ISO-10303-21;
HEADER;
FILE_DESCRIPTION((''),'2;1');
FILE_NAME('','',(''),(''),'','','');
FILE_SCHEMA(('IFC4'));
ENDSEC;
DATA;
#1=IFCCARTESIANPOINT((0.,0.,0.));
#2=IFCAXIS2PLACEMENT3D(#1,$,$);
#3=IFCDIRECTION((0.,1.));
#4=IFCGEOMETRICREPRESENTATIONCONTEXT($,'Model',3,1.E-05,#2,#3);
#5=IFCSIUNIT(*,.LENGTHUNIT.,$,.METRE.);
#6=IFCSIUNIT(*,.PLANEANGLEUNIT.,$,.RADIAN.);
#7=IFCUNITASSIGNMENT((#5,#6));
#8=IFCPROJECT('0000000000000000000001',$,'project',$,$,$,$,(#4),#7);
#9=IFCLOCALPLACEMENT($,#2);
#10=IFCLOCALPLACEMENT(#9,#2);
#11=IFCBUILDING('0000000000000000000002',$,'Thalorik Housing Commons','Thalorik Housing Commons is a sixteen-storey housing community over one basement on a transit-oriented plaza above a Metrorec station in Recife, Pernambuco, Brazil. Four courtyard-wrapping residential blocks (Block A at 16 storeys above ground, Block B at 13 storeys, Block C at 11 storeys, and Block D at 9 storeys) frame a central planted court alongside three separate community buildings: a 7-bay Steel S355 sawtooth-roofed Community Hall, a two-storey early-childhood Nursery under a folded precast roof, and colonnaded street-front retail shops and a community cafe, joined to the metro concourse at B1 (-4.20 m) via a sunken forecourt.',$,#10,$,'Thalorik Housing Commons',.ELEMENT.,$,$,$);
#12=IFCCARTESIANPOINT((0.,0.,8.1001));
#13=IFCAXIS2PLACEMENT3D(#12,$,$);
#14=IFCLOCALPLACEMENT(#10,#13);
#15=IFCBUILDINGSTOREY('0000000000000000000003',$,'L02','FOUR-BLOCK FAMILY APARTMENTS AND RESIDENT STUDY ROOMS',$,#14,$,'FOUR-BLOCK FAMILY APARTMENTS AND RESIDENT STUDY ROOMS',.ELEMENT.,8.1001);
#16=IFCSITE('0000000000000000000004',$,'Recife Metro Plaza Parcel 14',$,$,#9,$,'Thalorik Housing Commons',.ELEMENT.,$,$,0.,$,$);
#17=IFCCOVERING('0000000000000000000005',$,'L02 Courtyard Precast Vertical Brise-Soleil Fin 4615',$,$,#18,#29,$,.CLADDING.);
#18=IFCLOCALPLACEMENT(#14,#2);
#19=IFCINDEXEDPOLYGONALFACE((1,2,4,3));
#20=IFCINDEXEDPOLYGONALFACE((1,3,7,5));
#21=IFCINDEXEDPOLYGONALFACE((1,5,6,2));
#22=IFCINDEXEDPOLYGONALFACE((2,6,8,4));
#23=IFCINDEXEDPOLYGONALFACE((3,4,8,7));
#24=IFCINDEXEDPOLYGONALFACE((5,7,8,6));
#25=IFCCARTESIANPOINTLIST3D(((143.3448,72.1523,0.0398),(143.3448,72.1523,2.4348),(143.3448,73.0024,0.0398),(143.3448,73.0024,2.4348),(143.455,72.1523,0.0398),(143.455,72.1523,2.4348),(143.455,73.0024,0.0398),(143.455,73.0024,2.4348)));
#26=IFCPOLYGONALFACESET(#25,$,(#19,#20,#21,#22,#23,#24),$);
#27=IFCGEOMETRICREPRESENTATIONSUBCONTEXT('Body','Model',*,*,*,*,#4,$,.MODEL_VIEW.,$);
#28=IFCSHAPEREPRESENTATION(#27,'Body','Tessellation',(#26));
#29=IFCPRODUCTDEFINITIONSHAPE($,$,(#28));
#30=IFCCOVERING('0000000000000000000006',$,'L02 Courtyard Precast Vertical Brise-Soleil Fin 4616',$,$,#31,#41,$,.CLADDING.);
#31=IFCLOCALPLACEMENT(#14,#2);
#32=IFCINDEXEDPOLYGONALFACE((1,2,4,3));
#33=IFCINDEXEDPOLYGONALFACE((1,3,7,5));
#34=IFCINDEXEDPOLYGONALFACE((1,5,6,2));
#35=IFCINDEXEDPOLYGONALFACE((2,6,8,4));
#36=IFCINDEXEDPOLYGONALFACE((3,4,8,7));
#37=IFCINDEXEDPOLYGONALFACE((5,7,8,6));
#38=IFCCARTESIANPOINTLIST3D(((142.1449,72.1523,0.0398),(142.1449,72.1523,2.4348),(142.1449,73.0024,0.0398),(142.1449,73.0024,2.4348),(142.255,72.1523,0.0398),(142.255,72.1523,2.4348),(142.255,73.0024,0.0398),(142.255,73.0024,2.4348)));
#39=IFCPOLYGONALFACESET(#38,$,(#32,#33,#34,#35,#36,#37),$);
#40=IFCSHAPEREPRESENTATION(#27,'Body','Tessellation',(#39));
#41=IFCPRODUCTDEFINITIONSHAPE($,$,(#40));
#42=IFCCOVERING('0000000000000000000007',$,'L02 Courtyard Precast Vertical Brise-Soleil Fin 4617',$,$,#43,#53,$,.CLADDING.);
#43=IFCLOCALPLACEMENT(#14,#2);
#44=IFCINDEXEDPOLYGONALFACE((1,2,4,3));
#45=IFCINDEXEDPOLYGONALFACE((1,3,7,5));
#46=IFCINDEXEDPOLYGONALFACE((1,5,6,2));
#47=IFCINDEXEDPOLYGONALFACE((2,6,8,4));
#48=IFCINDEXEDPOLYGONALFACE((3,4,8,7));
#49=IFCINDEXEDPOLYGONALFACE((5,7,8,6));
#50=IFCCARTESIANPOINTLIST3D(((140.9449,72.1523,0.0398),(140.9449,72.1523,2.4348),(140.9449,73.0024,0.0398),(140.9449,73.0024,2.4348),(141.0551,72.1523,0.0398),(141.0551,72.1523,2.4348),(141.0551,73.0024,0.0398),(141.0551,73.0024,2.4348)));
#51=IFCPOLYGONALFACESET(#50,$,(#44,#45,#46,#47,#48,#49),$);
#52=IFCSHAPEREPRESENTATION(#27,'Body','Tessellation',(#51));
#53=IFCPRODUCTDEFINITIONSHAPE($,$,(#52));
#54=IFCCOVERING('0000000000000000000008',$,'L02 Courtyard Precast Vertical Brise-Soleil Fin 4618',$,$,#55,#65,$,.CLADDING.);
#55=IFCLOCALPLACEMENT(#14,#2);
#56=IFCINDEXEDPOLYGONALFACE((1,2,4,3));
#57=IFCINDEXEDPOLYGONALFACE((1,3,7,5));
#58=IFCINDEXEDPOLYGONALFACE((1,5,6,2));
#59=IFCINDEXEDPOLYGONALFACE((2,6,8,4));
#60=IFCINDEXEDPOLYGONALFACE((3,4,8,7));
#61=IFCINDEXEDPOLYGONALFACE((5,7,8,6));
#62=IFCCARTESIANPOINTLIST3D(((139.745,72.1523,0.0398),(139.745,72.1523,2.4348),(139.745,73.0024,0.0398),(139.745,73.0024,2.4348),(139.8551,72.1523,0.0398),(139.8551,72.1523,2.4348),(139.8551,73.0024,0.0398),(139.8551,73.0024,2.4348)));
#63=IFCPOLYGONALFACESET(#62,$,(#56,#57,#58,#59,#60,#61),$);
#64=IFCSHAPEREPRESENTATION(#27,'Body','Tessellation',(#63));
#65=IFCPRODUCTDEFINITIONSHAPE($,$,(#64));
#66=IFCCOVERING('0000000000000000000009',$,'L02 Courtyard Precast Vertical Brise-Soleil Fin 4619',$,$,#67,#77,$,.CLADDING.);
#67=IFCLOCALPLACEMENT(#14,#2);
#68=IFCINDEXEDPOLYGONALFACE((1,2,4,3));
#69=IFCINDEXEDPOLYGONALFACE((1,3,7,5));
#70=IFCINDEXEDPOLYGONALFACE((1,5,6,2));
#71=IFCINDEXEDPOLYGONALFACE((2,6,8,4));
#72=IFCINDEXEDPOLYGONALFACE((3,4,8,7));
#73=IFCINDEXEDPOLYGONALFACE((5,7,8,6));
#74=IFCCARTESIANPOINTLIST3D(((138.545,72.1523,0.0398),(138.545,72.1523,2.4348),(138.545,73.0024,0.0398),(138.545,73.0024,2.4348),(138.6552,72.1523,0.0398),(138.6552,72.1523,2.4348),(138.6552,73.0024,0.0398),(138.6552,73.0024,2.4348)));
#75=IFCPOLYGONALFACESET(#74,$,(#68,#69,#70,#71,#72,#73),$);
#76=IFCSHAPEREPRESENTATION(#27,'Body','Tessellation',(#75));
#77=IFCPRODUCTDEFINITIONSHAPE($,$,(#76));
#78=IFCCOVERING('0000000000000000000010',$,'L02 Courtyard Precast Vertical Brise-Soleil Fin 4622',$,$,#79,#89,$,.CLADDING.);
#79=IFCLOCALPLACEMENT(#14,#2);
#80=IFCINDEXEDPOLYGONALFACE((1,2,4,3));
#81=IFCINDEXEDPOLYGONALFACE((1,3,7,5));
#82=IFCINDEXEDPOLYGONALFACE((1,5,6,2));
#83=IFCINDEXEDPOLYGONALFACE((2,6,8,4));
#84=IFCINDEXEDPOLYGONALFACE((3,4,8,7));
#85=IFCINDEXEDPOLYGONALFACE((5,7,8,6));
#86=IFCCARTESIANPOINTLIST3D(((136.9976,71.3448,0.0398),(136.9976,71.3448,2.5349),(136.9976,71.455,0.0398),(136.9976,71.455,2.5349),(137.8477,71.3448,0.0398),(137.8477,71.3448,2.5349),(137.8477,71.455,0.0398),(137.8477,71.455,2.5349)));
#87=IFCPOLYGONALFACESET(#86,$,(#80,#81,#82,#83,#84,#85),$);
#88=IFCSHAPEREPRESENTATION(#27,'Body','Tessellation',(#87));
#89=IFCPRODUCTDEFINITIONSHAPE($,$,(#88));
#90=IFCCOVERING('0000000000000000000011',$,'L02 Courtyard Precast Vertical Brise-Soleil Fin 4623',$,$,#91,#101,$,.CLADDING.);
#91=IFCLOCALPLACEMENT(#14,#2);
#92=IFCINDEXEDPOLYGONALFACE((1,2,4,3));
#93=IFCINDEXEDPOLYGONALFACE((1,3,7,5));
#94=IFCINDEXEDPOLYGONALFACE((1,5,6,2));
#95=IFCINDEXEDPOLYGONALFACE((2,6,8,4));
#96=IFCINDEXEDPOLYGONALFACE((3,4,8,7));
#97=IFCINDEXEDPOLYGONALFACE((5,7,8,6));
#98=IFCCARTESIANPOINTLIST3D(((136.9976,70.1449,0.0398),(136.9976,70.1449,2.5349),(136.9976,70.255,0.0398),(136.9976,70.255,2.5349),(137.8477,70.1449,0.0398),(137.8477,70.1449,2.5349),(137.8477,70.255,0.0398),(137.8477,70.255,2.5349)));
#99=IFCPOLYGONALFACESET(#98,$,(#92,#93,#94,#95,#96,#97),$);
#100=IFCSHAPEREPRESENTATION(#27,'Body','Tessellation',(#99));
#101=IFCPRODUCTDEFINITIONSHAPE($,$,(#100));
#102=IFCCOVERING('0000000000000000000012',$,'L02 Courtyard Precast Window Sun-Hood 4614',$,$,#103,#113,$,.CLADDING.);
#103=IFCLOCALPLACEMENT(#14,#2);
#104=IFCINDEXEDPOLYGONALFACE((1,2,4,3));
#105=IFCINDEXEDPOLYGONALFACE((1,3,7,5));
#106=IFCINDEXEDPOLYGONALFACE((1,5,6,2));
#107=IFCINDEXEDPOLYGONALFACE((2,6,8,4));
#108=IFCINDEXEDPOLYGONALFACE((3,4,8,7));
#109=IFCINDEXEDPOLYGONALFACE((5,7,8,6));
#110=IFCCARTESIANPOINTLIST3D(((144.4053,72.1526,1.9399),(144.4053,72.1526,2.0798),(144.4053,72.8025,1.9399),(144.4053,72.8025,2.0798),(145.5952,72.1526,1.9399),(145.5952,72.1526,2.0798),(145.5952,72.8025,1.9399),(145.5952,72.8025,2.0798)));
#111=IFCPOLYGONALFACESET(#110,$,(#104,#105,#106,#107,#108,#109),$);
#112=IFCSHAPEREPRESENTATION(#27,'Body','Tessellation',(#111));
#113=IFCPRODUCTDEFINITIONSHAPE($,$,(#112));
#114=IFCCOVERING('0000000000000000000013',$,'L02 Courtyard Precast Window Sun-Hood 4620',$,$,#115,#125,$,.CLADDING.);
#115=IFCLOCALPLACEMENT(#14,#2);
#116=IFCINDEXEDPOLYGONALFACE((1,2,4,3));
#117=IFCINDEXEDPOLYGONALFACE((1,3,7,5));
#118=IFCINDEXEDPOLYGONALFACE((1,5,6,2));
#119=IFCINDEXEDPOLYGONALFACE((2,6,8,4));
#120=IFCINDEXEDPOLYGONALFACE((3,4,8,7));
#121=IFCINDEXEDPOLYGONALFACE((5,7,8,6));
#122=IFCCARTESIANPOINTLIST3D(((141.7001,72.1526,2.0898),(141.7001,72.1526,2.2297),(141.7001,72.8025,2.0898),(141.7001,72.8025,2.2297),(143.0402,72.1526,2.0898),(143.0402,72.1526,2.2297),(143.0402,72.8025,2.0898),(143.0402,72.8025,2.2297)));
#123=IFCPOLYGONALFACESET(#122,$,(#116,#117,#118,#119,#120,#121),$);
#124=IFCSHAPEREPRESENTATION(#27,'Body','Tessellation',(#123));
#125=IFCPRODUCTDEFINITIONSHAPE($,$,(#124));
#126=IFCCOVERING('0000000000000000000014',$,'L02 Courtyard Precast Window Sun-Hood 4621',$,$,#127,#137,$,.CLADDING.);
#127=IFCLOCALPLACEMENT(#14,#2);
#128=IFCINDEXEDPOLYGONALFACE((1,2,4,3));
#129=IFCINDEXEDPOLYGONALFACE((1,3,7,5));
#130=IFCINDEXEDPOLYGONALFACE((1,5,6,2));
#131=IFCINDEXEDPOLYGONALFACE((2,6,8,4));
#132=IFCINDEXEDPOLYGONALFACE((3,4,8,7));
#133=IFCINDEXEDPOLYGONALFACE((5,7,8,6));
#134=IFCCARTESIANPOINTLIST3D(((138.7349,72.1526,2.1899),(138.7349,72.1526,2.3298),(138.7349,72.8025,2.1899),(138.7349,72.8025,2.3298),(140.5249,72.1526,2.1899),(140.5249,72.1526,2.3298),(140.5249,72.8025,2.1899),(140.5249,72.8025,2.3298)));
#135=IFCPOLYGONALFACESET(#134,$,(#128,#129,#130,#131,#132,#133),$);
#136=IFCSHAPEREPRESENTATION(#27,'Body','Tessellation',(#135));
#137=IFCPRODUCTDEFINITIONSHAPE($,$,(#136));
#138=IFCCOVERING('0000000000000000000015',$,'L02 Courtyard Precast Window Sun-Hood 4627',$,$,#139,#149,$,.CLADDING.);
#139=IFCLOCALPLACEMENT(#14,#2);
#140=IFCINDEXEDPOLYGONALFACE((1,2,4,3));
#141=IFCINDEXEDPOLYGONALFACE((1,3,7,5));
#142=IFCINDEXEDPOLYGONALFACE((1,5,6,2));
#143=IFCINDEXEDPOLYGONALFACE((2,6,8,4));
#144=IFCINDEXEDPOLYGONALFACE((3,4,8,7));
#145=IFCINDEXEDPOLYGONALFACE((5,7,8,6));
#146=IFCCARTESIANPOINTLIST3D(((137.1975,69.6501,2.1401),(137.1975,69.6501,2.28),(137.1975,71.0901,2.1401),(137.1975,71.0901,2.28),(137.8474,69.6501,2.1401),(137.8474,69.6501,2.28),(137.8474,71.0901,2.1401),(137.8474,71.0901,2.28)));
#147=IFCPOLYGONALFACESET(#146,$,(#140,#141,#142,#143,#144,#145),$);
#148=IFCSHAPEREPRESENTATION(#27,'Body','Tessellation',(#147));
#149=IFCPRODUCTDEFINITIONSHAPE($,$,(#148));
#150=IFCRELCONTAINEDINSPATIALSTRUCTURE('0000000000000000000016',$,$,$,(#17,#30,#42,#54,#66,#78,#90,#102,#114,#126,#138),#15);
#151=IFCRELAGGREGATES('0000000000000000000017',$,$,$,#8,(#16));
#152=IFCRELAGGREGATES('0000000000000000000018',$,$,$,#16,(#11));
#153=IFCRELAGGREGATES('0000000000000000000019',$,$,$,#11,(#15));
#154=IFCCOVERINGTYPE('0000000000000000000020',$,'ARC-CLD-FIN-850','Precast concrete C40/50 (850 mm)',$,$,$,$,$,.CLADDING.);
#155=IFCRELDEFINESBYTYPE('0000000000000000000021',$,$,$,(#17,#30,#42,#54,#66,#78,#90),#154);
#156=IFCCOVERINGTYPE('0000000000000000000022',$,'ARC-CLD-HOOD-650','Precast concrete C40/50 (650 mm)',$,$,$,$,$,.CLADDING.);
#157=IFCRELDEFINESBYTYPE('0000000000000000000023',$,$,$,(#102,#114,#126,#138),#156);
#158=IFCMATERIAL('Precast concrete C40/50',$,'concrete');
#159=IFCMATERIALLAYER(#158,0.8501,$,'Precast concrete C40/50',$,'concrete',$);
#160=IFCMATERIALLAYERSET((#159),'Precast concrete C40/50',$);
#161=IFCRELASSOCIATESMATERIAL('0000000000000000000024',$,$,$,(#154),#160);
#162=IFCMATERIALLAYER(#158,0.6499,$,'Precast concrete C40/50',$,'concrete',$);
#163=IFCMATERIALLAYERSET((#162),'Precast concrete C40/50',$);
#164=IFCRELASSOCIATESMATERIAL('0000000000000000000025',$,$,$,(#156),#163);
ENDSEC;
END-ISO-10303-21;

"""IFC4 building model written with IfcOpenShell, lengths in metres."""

from ifc_helpers import new_model, si_unit, direction, frame, origin, origin_2d, place, context, subcontext, project, spatial, rectangle, extrude, material, layer, layer_set, type_object, element, save


model = new_model("IFC4")

# Units and contexts
model_context = context("Model", 3, precision=1e-05, world=origin(), true_north=direction((0.0, 1.0)))
body_context = subcontext(model_context, "Body", "Model", "MODEL_VIEW")
ifc_project = project(units=[si_unit("LENGTHUNIT", "METRE"), si_unit("PLANEANGLEUNIT", "RADIAN")], contexts=[model_context])

# Site, building, storey
site_placement = place(None, origin())
site = spatial("IfcSite", under=ifc_project, at=site_placement, Name="Recife Metro Plaza Parcel 14", LongName="Thalorik Housing Commons", CompositionType="ELEMENT", RefElevation=0.0)
building_placement = place(site_placement, origin())
building = spatial("IfcBuilding", under=site, at=building_placement, Name="Thalorik Housing Commons", Description="Thalorik Housing Commons is a sixteen-storey housing community over one basement on a transit-oriented plaza above a Metrorec station in Recife, Pernambuco, Brazil. Four courtyard-wrapping residential blocks (Block A at 16 storeys above ground, Block B at 13 storeys, Block C at 11 storeys, and Block D at 9 storeys) frame a central planted court alongside three separate community buildings: a 7-bay Steel S355 sawtooth-roofed Community Hall, a two-storey early-childhood Nursery under a folded precast roof, and colonnaded street-front retail shops and a community cafe, joined to the metro concourse at B1 (-4.20 m) via a sunken forecourt.", LongName="Thalorik Housing Commons", CompositionType="ELEMENT")
storey_placement = place(building_placement, frame((0.0, 0.0, 8.1001)))
storey = spatial("IfcBuildingStorey", under=building, at=storey_placement, Name="L02", Description="FOUR-BLOCK FAMILY APARTMENTS AND RESIDENT STUDY ROOMS", LongName="FOUR-BLOCK FAMILY APARTMENTS AND RESIDENT STUDY ROOMS", CompositionType="ELEMENT", Elevation=8.1001)

# Shared definitions
ifc_material_1 = material(Name="Precast concrete C40/50", Category="concrete")

# Coverings
ifc_layer_1 = layer(ifc_material_1, 0.8501, Name="Precast concrete C40/50", Category="concrete")
ifc_layer_set_1 = layer_set([ifc_layer_1], Name="Precast concrete C40/50")
covering_type_1 = type_object("IfcCoveringType", Name="ARC-CLD-FIN-850", Description="Precast concrete C40/50 (850 mm)", PredefinedType="CLADDING", material=ifc_layer_set_1)
for number, where, z_axis, x_axis, name in (
    (1, (143.3999, 72.5774, 0.0398), (0.0, 0.0, 1.0), (-1.0, 0.0, 0.0), "L02 Courtyard Precast Vertical Brise-Soleil Fin 4615"),
    (2, (142.2, 72.5774, 0.0398), (0.0, 0.0, 1.0), (-1.0, 0.0, 0.0), "L02 Courtyard Precast Vertical Brise-Soleil Fin 4616"),
    (3, (141.0, 72.5774, 0.0398), (0.0, 0.0, 1.0), (-1.0, 0.0, 0.0), "L02 Courtyard Precast Vertical Brise-Soleil Fin 4617"),
    (4, (139.8, 72.5774, 0.0398), (0.0, 0.0, 1.0), (-1.0, 0.0, 0.0), "L02 Courtyard Precast Vertical Brise-Soleil Fin 4618"),
    (5, (138.6001, 72.5774, 0.0398), (0.0, 0.0, 1.0), (-1.0, 0.0, 0.0), "L02 Courtyard Precast Vertical Brise-Soleil Fin 4619"),
):
    element("IfcCovering", number, at=place(storey_placement, frame(where, z_axis=z_axis, x_axis=x_axis)), inside=storey, type_object=covering_type_1, Name=name, PredefinedType="CLADDING", context=body_context, shape_type="SweptSolid", body=[
        extrude(rectangle(XDim=0.1101, YDim=0.8501, at=origin_2d()), origin(), (0.0, 0.0, 1.0), 2.395),
    ])
for number, where, z_axis, x_axis, name in (
    (6, (137.4226, 71.3999, 0.0398), (0.0, 0.0, 1.0), (0.0, -1.0, 0.0), "L02 Courtyard Precast Vertical Brise-Soleil Fin 4622"),
    (7, (137.4226, 70.2, 0.0398), (0.0, 0.0, 1.0), (0.0, -1.0, 0.0), "L02 Courtyard Precast Vertical Brise-Soleil Fin 4623"),
):
    element("IfcCovering", number, at=place(storey_placement, frame(where, z_axis=z_axis, x_axis=x_axis)), inside=storey, type_object=covering_type_1, Name=name, PredefinedType="CLADDING", context=body_context, shape_type="SweptSolid", body=[
        extrude(rectangle(XDim=0.1101, YDim=0.8501, at=origin_2d()), origin(), (0.0, 0.0, 1.0), 2.4951),
    ])
ifc_layer_2 = layer(ifc_material_1, 0.6499, Name="Precast concrete C40/50", Category="concrete")
ifc_layer_set_2 = layer_set([ifc_layer_2], Name="Precast concrete C40/50")
covering_type_2 = type_object("IfcCoveringType", Name="ARC-CLD-HOOD-650", Description="Precast concrete C40/50 (650 mm)", PredefinedType="CLADDING", material=ifc_layer_set_2)
covering_1_placement = place(storey_placement, frame((145.0002, 72.4775, 1.9399), z_axis=(0.0, 0.0, 1.0), x_axis=(-1.0, 0.0, 0.0)))
element("IfcCovering", 8, at=covering_1_placement, inside=storey, type_object=covering_type_2, Name="L02 Courtyard Precast Window Sun-Hood 4614", PredefinedType="CLADDING", context=body_context, shape_type="SweptSolid", body=[
    extrude(rectangle(XDim=1.1899, YDim=0.6499, at=origin_2d()), origin(), (0.0, 0.0, 1.0), 0.1399),
])
covering_2_placement = place(storey_placement, frame((142.3701, 72.4775, 2.0898), z_axis=(0.0, 0.0, 1.0), x_axis=(-1.0, 0.0, 0.0)))
element("IfcCovering", 9, at=covering_2_placement, inside=storey, type_object=covering_type_2, Name="L02 Courtyard Precast Window Sun-Hood 4620", PredefinedType="CLADDING", context=body_context, shape_type="SweptSolid", body=[
    extrude(rectangle(XDim=1.3401, YDim=0.6499, at=origin_2d()), origin(), (0.0, 0.0, 1.0), 0.1399),
])
covering_3_placement = place(storey_placement, frame((139.6299, 72.4775, 2.1899), z_axis=(0.0, 0.0, 1.0), x_axis=(-1.0, 0.0, 0.0)))
element("IfcCovering", 10, at=covering_3_placement, inside=storey, type_object=covering_type_2, Name="L02 Courtyard Precast Window Sun-Hood 4621", PredefinedType="CLADDING", context=body_context, shape_type="SweptSolid", body=[
    extrude(rectangle(XDim=1.79, YDim=0.6499, at=origin_2d()), origin(), (0.0, 0.0, 1.0), 0.1399),
])
covering_4_placement = place(storey_placement, frame((137.5225, 70.3701, 2.1401), z_axis=(0.0, 0.0, 1.0), x_axis=(0.0, -1.0, 0.0)))
element("IfcCovering", 11, at=covering_4_placement, inside=storey, type_object=covering_type_2, Name="L02 Courtyard Precast Window Sun-Hood 4627", PredefinedType="CLADDING", context=body_context, shape_type="SweptSolid", body=[
    extrude(rectangle(XDim=1.4399, YDim=0.6499, at=origin_2d()), origin(), (0.0, 0.0, 1.0), 0.1399),
])

save(model, "model.ifc")
